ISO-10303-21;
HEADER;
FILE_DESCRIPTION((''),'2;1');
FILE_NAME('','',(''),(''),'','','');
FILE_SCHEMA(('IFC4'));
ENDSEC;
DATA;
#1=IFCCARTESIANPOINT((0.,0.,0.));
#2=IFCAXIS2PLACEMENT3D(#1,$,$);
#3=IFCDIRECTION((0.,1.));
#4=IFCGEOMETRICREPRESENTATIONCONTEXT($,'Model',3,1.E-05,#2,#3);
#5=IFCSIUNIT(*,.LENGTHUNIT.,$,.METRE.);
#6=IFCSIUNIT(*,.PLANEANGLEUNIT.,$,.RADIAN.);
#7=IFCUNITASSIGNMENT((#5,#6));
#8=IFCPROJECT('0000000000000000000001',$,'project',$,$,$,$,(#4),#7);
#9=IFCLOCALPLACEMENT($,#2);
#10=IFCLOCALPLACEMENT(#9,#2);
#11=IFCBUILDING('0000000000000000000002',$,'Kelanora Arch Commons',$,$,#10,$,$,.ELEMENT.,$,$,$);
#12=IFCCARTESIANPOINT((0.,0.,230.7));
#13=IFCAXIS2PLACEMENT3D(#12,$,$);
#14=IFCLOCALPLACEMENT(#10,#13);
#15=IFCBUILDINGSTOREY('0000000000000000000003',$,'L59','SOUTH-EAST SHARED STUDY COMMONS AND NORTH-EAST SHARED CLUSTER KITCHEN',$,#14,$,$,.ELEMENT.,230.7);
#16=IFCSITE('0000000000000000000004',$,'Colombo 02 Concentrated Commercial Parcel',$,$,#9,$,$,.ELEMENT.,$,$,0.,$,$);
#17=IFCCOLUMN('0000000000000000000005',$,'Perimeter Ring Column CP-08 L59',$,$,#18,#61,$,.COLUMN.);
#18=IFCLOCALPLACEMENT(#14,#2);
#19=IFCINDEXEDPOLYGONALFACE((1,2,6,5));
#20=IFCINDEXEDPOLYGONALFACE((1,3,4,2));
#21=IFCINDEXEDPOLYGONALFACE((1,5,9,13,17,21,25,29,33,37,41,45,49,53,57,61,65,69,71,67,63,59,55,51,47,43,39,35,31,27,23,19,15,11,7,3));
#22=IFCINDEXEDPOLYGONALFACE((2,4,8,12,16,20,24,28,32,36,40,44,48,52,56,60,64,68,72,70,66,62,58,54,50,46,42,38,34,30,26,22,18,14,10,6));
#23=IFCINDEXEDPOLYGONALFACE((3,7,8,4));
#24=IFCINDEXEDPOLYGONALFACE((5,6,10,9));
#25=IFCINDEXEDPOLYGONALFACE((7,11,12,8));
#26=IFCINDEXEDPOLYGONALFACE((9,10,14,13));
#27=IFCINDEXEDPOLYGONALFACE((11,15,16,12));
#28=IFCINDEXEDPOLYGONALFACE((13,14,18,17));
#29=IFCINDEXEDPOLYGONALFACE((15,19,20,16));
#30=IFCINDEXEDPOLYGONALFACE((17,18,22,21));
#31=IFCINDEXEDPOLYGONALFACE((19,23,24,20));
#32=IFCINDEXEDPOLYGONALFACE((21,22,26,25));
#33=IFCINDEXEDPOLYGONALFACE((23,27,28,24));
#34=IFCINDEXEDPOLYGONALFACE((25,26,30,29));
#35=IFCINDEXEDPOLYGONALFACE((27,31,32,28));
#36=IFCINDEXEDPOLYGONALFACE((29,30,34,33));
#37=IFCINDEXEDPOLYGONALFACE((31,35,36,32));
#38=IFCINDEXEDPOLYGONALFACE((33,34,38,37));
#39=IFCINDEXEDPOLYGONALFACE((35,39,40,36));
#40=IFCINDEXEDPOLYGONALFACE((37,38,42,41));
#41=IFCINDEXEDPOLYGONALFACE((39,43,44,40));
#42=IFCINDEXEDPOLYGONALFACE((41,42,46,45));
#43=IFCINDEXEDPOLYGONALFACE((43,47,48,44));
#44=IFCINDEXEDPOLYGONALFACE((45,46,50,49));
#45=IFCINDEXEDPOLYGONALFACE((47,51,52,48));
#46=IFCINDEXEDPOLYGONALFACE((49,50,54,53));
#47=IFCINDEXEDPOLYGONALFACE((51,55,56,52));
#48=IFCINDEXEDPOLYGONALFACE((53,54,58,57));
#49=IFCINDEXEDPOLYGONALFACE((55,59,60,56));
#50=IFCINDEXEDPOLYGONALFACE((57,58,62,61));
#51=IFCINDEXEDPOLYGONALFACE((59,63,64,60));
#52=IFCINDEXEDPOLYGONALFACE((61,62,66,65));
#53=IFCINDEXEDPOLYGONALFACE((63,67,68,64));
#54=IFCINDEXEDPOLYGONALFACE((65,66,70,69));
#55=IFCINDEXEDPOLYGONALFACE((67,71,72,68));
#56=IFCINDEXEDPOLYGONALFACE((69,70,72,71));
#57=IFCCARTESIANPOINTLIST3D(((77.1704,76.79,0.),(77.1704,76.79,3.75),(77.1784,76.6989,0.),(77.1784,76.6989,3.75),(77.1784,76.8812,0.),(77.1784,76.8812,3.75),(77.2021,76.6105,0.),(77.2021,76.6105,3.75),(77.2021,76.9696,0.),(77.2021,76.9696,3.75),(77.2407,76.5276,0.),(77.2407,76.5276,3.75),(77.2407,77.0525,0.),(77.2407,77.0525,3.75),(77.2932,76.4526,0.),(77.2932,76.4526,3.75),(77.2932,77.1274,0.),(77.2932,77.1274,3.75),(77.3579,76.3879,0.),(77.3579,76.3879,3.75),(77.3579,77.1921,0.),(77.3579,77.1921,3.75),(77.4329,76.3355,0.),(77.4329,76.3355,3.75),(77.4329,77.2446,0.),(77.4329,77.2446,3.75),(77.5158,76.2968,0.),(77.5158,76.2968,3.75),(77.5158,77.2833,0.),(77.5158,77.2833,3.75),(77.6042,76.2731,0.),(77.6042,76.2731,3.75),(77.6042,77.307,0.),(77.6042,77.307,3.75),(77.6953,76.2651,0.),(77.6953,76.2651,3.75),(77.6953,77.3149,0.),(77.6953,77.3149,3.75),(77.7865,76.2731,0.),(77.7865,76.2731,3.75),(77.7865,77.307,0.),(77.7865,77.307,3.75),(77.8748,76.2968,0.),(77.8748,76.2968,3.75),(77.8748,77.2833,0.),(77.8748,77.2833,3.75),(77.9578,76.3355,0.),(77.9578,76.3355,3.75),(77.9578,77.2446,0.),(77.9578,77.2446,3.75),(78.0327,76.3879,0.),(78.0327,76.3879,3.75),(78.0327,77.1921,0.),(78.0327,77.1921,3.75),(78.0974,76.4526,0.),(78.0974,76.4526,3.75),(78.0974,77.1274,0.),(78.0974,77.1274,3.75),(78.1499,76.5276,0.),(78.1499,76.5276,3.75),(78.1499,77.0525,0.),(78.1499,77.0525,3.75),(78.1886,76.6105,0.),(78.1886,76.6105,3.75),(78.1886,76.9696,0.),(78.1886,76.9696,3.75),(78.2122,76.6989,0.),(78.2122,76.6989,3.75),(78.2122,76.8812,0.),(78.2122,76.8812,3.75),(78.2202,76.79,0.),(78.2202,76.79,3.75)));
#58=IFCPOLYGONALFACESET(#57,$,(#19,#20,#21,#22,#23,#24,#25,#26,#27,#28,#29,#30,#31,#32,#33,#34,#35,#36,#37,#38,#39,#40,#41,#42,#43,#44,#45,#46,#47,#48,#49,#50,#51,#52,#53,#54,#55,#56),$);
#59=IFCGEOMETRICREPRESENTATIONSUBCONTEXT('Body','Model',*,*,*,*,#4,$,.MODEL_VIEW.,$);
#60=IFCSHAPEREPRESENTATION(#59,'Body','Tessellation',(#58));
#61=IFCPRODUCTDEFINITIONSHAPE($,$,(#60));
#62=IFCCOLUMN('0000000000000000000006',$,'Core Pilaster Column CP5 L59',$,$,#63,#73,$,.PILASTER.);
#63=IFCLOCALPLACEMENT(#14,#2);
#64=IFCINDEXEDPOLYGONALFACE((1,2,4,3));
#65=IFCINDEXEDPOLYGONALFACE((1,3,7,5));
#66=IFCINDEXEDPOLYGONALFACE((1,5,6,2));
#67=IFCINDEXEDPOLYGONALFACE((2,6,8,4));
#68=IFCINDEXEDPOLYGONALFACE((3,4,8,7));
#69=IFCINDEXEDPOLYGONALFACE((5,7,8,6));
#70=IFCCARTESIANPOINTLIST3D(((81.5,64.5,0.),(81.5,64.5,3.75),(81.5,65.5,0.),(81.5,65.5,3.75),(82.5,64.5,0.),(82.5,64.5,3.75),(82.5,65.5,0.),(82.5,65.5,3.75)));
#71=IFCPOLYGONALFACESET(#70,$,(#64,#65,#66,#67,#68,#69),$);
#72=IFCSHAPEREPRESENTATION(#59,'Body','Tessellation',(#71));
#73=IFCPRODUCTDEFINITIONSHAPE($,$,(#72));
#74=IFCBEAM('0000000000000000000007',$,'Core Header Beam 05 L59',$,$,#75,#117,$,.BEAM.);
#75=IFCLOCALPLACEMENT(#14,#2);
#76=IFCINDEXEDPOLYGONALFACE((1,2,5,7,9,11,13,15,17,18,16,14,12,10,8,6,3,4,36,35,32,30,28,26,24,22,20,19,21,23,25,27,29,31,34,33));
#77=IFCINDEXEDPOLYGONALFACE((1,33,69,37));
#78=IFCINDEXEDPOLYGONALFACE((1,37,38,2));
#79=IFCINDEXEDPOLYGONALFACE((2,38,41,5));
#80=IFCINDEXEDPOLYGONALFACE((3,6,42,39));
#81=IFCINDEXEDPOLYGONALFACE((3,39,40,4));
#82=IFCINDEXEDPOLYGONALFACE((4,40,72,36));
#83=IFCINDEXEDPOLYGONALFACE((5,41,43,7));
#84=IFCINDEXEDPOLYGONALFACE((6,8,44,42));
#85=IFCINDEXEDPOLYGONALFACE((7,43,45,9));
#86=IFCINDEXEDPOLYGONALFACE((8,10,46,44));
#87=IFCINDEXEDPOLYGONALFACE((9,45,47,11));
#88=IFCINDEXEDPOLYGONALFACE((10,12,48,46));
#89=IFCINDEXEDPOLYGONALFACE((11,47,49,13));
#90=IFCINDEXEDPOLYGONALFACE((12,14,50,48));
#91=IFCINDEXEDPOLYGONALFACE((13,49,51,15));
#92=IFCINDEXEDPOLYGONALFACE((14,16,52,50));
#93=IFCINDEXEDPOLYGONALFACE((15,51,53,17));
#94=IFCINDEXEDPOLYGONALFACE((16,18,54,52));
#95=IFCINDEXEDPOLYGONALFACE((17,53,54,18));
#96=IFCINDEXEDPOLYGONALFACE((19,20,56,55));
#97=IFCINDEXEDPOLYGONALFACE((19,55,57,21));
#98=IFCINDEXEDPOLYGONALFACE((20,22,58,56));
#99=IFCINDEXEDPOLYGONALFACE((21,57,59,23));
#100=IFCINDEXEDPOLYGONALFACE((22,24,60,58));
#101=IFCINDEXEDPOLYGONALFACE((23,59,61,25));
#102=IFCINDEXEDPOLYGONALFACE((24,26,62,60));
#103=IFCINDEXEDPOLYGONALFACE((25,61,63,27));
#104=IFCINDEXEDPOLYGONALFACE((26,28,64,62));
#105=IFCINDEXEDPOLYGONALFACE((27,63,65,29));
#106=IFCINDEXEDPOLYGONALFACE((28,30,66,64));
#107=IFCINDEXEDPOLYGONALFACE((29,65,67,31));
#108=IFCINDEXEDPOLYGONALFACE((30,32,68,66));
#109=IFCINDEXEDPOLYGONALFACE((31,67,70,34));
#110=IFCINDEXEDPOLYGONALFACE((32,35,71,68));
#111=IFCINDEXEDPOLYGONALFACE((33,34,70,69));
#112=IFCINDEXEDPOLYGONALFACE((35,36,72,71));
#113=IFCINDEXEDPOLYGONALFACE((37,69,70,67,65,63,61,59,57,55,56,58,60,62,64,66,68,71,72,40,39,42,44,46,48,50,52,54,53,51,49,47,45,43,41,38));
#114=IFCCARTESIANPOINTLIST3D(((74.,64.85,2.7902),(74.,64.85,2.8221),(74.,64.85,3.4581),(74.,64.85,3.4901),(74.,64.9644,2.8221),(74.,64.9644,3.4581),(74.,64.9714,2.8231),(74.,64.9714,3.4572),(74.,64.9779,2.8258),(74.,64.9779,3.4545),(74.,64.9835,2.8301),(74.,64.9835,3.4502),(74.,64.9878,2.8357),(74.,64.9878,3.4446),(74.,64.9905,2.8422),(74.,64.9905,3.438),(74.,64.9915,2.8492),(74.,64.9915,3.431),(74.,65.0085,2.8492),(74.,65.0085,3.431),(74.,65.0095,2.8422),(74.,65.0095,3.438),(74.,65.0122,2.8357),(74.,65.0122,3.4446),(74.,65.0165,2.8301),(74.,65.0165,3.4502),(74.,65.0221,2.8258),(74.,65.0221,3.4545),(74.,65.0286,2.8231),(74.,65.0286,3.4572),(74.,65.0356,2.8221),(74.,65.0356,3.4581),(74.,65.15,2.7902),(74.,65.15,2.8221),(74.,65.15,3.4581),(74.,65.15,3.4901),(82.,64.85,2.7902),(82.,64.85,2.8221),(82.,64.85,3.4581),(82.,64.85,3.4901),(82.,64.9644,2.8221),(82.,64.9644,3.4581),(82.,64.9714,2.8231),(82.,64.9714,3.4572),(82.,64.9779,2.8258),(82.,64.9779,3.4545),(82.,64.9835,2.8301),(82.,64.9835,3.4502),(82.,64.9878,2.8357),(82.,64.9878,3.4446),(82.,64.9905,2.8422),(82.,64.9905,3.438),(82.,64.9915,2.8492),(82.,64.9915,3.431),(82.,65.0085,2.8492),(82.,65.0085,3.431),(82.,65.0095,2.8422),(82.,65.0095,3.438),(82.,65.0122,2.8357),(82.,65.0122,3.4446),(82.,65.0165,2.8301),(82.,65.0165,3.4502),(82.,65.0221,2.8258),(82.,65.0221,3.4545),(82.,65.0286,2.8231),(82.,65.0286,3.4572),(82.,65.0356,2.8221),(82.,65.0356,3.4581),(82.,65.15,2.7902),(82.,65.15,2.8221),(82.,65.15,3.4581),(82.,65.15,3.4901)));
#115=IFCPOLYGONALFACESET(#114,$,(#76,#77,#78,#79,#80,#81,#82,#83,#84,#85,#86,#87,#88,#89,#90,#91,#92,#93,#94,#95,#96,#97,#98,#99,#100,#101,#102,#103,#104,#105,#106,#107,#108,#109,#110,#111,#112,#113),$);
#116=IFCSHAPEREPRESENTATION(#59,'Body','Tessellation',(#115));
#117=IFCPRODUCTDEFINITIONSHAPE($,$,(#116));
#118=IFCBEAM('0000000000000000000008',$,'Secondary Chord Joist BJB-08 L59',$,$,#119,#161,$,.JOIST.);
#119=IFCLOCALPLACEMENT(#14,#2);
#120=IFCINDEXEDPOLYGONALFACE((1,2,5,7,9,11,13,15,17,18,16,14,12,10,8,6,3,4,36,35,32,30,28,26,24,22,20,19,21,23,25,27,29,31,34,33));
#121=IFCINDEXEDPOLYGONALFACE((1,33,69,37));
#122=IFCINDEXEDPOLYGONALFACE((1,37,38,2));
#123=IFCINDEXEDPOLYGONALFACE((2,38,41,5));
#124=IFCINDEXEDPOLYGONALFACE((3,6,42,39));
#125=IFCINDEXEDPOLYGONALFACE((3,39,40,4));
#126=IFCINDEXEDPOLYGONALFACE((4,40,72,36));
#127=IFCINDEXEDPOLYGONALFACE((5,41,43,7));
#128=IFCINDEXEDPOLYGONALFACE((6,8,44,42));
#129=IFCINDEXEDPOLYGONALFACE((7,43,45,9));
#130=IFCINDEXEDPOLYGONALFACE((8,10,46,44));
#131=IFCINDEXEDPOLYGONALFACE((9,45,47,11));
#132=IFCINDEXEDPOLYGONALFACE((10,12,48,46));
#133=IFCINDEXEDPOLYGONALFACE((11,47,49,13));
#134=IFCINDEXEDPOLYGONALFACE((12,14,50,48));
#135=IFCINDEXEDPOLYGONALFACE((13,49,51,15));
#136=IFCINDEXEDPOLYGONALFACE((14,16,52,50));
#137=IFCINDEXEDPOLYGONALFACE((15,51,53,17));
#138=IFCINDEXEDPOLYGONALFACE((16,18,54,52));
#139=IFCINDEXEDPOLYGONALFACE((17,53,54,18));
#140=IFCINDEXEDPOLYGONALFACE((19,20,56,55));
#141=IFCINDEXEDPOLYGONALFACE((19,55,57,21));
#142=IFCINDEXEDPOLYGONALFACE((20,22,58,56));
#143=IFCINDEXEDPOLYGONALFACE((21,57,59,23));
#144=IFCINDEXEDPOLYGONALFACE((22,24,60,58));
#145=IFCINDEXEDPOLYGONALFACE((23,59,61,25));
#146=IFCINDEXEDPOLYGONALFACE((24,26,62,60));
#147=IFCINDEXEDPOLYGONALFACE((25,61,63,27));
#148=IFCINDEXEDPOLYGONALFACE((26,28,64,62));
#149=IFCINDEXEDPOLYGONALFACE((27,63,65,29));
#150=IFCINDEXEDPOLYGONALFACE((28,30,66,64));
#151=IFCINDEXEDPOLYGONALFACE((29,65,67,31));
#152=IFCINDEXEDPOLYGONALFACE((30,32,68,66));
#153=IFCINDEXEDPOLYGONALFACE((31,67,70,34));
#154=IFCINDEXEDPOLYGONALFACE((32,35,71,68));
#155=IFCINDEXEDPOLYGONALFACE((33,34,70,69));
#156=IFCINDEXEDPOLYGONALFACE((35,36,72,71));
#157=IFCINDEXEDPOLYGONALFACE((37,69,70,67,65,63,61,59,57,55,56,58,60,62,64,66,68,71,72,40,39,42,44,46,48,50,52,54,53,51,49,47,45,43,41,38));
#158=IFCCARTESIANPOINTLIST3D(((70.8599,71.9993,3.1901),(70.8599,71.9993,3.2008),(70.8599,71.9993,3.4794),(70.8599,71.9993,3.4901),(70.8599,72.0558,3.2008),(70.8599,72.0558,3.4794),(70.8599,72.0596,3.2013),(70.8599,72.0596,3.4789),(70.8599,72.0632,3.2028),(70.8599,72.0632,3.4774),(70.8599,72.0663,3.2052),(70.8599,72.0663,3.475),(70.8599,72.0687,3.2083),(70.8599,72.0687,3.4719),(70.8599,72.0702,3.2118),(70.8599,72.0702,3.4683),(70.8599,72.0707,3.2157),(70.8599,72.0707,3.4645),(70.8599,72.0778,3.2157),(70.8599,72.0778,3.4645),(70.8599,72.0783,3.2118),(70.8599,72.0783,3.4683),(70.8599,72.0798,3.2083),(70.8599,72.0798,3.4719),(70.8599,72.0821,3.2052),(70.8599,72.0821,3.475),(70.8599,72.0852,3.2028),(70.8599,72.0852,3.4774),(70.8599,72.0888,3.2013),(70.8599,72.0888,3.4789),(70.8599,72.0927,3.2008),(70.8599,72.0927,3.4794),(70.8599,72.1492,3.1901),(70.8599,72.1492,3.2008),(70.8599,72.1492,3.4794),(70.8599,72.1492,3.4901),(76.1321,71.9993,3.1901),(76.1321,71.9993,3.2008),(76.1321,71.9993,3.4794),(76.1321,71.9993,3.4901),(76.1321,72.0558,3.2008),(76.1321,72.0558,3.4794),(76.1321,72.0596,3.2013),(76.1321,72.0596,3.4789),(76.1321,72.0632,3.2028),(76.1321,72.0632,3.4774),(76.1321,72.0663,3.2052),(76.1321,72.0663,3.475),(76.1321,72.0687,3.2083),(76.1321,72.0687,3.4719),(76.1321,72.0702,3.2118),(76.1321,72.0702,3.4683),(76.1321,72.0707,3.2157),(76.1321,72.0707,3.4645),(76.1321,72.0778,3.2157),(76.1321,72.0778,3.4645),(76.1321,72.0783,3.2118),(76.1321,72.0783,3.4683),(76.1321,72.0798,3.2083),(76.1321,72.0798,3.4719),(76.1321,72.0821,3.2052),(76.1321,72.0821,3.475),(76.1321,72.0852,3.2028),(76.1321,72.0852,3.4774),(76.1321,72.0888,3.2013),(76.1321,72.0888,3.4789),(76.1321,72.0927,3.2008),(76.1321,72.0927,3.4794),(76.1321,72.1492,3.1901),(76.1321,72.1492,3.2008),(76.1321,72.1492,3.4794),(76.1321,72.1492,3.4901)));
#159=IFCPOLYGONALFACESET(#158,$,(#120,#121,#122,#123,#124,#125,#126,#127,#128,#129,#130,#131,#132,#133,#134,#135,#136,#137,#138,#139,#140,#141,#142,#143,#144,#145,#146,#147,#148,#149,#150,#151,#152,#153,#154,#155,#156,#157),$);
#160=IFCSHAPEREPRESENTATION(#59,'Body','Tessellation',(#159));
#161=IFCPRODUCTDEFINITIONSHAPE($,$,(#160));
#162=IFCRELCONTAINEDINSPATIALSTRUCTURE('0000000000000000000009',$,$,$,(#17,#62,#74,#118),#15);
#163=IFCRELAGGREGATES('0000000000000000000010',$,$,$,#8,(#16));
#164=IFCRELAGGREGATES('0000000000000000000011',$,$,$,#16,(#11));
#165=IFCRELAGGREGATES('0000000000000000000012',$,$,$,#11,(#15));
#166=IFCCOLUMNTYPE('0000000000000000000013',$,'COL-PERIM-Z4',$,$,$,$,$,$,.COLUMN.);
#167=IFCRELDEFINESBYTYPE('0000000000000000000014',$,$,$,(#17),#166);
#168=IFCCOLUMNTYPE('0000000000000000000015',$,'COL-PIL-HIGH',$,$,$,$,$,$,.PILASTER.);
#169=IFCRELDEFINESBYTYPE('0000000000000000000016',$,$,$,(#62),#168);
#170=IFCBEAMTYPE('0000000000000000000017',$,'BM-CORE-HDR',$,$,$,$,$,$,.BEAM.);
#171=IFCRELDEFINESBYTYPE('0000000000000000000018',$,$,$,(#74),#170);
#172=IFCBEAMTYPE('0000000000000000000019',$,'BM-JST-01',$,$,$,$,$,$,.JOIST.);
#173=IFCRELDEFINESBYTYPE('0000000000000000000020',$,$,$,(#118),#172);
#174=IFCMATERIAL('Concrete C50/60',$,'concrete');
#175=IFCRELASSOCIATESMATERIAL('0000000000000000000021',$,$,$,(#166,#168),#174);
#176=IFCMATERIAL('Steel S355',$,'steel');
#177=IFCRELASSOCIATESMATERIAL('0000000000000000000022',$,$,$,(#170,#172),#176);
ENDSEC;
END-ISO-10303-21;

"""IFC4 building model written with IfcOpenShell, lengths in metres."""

from ifc_helpers import new_model, si_unit, direction, frame, origin, origin_2d, place, context, subcontext, project, spatial, rectangle, circle, i_section, extrude, material, material_profile, profile_set, type_object, element, save


model = new_model("IFC4")

# Units and contexts
model_context = context("Model", 3, precision=1e-05, world=origin(), true_north=direction((0.0, 1.0)))
body_context = subcontext(model_context, "Body", "Model", "MODEL_VIEW")
ifc_project = project(units=[si_unit("LENGTHUNIT", "METRE"), si_unit("PLANEANGLEUNIT", "RADIAN")], contexts=[model_context])

# Site, building, storey
site_placement = place(None, origin())
site = spatial("IfcSite", under=ifc_project, at=site_placement, Name="Colombo 02 Concentrated Commercial Parcel", CompositionType="ELEMENT", RefElevation=0.0)
building_placement = place(site_placement, origin())
building = spatial("IfcBuilding", under=site, at=building_placement, Name="Kelanora Arch Commons", CompositionType="ELEMENT")
storey_placement = place(building_placement, frame((0.0, 0.0, 230.7)))
storey = spatial("IfcBuildingStorey", under=building, at=storey_placement, Name="L59", Description="SOUTH-EAST SHARED STUDY COMMONS AND NORTH-EAST SHARED CLUSTER KITCHEN", CompositionType="ELEMENT", Elevation=230.7)

# Columns
ifc_material_1 = material(Name="Concrete C50/60", Category="concrete")
ifc_material_profile_1 = material_profile(ifc_material_1, circle(Radius=0.5249, at=origin_2d()), Name="RCC1050")
ifc_profile_set_1 = profile_set([ifc_material_profile_1], Name="Concrete C50/60")
column_type_1 = type_object("IfcColumnType", Name="COL-PERIM-Z4", PredefinedType="COLUMN", material=ifc_profile_set_1)
column_1_placement = place(storey_placement, frame((77.6953, 76.79, 0.0), z_axis=(0.0, 0.0, 1.0), x_axis=(1.0, 0.0, 0.0)))
element("IfcColumn", 1, at=column_1_placement, inside=storey, type_object=column_type_1, Name="Perimeter Ring Column CP-08 L59", PredefinedType="COLUMN", context=body_context, shape_type="SweptSolid", body=[
    extrude(circle(Radius=0.5249, at=origin_2d()), origin(), (0.0, 0.0, 1.0), 3.75),
])
ifc_material_profile_2 = material_profile(ifc_material_1, rectangle(XDim=1.0, YDim=1.0, at=origin_2d()), Name="RC1000x1000")
ifc_profile_set_2 = profile_set([ifc_material_profile_2], Name="Concrete C50/60")
column_type_2 = type_object("IfcColumnType", Name="COL-PIL-HIGH", PredefinedType="PILASTER", material=ifc_profile_set_2)
column_2_placement = place(storey_placement, frame((82.0, 65.0, 0.0), z_axis=(0.0, 0.0, 1.0), x_axis=(1.0, 0.0, 0.0)))
element("IfcColumn", 2, at=column_2_placement, inside=storey, type_object=column_type_2, Name="Core Pilaster Column CP5 L59", PredefinedType="PILASTER", context=body_context, shape_type="SweptSolid", body=[
    extrude(rectangle(XDim=1.0, YDim=1.0, at=origin_2d()), origin(), (0.0, 0.0, 1.0), 3.75),
])

# Beams
ifc_material_2 = material(Name="Steel S355", Category="steel")
ifc_material_profile_3 = material_profile(ifc_material_2, i_section(OverallWidth=0.3, OverallDepth=0.7, WebThickness=0.0171, FlangeThickness=0.032, FilletRadius=0.0271, at=origin_2d()), Name="HEB700")
ifc_profile_set_3 = profile_set([ifc_material_profile_3], Name="Steel S355")
beam_type_1 = type_object("IfcBeamType", Name="BM-CORE-HDR", PredefinedType="BEAM", material=ifc_profile_set_3)
beam_1_placement = place(storey_placement, frame((82.0, 65.0, 3.1401), z_axis=(-1.0, 0.0, 0.0), x_axis=(0.0, -1.0, 0.0)))
element("IfcBeam", 3, at=beam_1_placement, inside=storey, type_object=beam_type_1, Name="Core Header Beam 05 L59", PredefinedType="BEAM", context=body_context, shape_type="SweptSolid", body=[
    extrude(i_section(OverallWidth=0.3, OverallDepth=0.7, WebThickness=0.0171, FlangeThickness=0.032, FilletRadius=0.0271, at=origin_2d()), origin(), (0.0, 0.0, 1.0), 8.0),
])
ifc_material_profile_4 = material_profile(ifc_material_2, i_section(OverallWidth=0.1499, OverallDepth=0.3, WebThickness=0.0071, FlangeThickness=0.0107, FilletRadius=0.0149, at=origin_2d()), Name="IPE300")
ifc_profile_set_4 = profile_set([ifc_material_profile_4], Name="Steel S355")
beam_type_2 = type_object("IfcBeamType", Name="BM-JST-01", PredefinedType="JOIST", material=ifc_profile_set_4)
beam_2_placement = place(storey_placement, frame((76.1321, 72.0742, 3.3401), z_axis=(-1.0, 0.0, 0.0), x_axis=(0.0, -1.0, 0.0)))
element("IfcBeam", 4, at=beam_2_placement, inside=storey, type_object=beam_type_2, Name="Secondary Chord Joist BJB-08 L59", PredefinedType="JOIST", context=body_context, shape_type="SweptSolid", body=[
    extrude(i_section(OverallWidth=0.1499, OverallDepth=0.3, WebThickness=0.0071, FlangeThickness=0.0107, FilletRadius=0.0149, at=origin_2d()), origin(), (0.0, 0.0, 1.0), 5.2722),
])

save(model, "model.ifc")
